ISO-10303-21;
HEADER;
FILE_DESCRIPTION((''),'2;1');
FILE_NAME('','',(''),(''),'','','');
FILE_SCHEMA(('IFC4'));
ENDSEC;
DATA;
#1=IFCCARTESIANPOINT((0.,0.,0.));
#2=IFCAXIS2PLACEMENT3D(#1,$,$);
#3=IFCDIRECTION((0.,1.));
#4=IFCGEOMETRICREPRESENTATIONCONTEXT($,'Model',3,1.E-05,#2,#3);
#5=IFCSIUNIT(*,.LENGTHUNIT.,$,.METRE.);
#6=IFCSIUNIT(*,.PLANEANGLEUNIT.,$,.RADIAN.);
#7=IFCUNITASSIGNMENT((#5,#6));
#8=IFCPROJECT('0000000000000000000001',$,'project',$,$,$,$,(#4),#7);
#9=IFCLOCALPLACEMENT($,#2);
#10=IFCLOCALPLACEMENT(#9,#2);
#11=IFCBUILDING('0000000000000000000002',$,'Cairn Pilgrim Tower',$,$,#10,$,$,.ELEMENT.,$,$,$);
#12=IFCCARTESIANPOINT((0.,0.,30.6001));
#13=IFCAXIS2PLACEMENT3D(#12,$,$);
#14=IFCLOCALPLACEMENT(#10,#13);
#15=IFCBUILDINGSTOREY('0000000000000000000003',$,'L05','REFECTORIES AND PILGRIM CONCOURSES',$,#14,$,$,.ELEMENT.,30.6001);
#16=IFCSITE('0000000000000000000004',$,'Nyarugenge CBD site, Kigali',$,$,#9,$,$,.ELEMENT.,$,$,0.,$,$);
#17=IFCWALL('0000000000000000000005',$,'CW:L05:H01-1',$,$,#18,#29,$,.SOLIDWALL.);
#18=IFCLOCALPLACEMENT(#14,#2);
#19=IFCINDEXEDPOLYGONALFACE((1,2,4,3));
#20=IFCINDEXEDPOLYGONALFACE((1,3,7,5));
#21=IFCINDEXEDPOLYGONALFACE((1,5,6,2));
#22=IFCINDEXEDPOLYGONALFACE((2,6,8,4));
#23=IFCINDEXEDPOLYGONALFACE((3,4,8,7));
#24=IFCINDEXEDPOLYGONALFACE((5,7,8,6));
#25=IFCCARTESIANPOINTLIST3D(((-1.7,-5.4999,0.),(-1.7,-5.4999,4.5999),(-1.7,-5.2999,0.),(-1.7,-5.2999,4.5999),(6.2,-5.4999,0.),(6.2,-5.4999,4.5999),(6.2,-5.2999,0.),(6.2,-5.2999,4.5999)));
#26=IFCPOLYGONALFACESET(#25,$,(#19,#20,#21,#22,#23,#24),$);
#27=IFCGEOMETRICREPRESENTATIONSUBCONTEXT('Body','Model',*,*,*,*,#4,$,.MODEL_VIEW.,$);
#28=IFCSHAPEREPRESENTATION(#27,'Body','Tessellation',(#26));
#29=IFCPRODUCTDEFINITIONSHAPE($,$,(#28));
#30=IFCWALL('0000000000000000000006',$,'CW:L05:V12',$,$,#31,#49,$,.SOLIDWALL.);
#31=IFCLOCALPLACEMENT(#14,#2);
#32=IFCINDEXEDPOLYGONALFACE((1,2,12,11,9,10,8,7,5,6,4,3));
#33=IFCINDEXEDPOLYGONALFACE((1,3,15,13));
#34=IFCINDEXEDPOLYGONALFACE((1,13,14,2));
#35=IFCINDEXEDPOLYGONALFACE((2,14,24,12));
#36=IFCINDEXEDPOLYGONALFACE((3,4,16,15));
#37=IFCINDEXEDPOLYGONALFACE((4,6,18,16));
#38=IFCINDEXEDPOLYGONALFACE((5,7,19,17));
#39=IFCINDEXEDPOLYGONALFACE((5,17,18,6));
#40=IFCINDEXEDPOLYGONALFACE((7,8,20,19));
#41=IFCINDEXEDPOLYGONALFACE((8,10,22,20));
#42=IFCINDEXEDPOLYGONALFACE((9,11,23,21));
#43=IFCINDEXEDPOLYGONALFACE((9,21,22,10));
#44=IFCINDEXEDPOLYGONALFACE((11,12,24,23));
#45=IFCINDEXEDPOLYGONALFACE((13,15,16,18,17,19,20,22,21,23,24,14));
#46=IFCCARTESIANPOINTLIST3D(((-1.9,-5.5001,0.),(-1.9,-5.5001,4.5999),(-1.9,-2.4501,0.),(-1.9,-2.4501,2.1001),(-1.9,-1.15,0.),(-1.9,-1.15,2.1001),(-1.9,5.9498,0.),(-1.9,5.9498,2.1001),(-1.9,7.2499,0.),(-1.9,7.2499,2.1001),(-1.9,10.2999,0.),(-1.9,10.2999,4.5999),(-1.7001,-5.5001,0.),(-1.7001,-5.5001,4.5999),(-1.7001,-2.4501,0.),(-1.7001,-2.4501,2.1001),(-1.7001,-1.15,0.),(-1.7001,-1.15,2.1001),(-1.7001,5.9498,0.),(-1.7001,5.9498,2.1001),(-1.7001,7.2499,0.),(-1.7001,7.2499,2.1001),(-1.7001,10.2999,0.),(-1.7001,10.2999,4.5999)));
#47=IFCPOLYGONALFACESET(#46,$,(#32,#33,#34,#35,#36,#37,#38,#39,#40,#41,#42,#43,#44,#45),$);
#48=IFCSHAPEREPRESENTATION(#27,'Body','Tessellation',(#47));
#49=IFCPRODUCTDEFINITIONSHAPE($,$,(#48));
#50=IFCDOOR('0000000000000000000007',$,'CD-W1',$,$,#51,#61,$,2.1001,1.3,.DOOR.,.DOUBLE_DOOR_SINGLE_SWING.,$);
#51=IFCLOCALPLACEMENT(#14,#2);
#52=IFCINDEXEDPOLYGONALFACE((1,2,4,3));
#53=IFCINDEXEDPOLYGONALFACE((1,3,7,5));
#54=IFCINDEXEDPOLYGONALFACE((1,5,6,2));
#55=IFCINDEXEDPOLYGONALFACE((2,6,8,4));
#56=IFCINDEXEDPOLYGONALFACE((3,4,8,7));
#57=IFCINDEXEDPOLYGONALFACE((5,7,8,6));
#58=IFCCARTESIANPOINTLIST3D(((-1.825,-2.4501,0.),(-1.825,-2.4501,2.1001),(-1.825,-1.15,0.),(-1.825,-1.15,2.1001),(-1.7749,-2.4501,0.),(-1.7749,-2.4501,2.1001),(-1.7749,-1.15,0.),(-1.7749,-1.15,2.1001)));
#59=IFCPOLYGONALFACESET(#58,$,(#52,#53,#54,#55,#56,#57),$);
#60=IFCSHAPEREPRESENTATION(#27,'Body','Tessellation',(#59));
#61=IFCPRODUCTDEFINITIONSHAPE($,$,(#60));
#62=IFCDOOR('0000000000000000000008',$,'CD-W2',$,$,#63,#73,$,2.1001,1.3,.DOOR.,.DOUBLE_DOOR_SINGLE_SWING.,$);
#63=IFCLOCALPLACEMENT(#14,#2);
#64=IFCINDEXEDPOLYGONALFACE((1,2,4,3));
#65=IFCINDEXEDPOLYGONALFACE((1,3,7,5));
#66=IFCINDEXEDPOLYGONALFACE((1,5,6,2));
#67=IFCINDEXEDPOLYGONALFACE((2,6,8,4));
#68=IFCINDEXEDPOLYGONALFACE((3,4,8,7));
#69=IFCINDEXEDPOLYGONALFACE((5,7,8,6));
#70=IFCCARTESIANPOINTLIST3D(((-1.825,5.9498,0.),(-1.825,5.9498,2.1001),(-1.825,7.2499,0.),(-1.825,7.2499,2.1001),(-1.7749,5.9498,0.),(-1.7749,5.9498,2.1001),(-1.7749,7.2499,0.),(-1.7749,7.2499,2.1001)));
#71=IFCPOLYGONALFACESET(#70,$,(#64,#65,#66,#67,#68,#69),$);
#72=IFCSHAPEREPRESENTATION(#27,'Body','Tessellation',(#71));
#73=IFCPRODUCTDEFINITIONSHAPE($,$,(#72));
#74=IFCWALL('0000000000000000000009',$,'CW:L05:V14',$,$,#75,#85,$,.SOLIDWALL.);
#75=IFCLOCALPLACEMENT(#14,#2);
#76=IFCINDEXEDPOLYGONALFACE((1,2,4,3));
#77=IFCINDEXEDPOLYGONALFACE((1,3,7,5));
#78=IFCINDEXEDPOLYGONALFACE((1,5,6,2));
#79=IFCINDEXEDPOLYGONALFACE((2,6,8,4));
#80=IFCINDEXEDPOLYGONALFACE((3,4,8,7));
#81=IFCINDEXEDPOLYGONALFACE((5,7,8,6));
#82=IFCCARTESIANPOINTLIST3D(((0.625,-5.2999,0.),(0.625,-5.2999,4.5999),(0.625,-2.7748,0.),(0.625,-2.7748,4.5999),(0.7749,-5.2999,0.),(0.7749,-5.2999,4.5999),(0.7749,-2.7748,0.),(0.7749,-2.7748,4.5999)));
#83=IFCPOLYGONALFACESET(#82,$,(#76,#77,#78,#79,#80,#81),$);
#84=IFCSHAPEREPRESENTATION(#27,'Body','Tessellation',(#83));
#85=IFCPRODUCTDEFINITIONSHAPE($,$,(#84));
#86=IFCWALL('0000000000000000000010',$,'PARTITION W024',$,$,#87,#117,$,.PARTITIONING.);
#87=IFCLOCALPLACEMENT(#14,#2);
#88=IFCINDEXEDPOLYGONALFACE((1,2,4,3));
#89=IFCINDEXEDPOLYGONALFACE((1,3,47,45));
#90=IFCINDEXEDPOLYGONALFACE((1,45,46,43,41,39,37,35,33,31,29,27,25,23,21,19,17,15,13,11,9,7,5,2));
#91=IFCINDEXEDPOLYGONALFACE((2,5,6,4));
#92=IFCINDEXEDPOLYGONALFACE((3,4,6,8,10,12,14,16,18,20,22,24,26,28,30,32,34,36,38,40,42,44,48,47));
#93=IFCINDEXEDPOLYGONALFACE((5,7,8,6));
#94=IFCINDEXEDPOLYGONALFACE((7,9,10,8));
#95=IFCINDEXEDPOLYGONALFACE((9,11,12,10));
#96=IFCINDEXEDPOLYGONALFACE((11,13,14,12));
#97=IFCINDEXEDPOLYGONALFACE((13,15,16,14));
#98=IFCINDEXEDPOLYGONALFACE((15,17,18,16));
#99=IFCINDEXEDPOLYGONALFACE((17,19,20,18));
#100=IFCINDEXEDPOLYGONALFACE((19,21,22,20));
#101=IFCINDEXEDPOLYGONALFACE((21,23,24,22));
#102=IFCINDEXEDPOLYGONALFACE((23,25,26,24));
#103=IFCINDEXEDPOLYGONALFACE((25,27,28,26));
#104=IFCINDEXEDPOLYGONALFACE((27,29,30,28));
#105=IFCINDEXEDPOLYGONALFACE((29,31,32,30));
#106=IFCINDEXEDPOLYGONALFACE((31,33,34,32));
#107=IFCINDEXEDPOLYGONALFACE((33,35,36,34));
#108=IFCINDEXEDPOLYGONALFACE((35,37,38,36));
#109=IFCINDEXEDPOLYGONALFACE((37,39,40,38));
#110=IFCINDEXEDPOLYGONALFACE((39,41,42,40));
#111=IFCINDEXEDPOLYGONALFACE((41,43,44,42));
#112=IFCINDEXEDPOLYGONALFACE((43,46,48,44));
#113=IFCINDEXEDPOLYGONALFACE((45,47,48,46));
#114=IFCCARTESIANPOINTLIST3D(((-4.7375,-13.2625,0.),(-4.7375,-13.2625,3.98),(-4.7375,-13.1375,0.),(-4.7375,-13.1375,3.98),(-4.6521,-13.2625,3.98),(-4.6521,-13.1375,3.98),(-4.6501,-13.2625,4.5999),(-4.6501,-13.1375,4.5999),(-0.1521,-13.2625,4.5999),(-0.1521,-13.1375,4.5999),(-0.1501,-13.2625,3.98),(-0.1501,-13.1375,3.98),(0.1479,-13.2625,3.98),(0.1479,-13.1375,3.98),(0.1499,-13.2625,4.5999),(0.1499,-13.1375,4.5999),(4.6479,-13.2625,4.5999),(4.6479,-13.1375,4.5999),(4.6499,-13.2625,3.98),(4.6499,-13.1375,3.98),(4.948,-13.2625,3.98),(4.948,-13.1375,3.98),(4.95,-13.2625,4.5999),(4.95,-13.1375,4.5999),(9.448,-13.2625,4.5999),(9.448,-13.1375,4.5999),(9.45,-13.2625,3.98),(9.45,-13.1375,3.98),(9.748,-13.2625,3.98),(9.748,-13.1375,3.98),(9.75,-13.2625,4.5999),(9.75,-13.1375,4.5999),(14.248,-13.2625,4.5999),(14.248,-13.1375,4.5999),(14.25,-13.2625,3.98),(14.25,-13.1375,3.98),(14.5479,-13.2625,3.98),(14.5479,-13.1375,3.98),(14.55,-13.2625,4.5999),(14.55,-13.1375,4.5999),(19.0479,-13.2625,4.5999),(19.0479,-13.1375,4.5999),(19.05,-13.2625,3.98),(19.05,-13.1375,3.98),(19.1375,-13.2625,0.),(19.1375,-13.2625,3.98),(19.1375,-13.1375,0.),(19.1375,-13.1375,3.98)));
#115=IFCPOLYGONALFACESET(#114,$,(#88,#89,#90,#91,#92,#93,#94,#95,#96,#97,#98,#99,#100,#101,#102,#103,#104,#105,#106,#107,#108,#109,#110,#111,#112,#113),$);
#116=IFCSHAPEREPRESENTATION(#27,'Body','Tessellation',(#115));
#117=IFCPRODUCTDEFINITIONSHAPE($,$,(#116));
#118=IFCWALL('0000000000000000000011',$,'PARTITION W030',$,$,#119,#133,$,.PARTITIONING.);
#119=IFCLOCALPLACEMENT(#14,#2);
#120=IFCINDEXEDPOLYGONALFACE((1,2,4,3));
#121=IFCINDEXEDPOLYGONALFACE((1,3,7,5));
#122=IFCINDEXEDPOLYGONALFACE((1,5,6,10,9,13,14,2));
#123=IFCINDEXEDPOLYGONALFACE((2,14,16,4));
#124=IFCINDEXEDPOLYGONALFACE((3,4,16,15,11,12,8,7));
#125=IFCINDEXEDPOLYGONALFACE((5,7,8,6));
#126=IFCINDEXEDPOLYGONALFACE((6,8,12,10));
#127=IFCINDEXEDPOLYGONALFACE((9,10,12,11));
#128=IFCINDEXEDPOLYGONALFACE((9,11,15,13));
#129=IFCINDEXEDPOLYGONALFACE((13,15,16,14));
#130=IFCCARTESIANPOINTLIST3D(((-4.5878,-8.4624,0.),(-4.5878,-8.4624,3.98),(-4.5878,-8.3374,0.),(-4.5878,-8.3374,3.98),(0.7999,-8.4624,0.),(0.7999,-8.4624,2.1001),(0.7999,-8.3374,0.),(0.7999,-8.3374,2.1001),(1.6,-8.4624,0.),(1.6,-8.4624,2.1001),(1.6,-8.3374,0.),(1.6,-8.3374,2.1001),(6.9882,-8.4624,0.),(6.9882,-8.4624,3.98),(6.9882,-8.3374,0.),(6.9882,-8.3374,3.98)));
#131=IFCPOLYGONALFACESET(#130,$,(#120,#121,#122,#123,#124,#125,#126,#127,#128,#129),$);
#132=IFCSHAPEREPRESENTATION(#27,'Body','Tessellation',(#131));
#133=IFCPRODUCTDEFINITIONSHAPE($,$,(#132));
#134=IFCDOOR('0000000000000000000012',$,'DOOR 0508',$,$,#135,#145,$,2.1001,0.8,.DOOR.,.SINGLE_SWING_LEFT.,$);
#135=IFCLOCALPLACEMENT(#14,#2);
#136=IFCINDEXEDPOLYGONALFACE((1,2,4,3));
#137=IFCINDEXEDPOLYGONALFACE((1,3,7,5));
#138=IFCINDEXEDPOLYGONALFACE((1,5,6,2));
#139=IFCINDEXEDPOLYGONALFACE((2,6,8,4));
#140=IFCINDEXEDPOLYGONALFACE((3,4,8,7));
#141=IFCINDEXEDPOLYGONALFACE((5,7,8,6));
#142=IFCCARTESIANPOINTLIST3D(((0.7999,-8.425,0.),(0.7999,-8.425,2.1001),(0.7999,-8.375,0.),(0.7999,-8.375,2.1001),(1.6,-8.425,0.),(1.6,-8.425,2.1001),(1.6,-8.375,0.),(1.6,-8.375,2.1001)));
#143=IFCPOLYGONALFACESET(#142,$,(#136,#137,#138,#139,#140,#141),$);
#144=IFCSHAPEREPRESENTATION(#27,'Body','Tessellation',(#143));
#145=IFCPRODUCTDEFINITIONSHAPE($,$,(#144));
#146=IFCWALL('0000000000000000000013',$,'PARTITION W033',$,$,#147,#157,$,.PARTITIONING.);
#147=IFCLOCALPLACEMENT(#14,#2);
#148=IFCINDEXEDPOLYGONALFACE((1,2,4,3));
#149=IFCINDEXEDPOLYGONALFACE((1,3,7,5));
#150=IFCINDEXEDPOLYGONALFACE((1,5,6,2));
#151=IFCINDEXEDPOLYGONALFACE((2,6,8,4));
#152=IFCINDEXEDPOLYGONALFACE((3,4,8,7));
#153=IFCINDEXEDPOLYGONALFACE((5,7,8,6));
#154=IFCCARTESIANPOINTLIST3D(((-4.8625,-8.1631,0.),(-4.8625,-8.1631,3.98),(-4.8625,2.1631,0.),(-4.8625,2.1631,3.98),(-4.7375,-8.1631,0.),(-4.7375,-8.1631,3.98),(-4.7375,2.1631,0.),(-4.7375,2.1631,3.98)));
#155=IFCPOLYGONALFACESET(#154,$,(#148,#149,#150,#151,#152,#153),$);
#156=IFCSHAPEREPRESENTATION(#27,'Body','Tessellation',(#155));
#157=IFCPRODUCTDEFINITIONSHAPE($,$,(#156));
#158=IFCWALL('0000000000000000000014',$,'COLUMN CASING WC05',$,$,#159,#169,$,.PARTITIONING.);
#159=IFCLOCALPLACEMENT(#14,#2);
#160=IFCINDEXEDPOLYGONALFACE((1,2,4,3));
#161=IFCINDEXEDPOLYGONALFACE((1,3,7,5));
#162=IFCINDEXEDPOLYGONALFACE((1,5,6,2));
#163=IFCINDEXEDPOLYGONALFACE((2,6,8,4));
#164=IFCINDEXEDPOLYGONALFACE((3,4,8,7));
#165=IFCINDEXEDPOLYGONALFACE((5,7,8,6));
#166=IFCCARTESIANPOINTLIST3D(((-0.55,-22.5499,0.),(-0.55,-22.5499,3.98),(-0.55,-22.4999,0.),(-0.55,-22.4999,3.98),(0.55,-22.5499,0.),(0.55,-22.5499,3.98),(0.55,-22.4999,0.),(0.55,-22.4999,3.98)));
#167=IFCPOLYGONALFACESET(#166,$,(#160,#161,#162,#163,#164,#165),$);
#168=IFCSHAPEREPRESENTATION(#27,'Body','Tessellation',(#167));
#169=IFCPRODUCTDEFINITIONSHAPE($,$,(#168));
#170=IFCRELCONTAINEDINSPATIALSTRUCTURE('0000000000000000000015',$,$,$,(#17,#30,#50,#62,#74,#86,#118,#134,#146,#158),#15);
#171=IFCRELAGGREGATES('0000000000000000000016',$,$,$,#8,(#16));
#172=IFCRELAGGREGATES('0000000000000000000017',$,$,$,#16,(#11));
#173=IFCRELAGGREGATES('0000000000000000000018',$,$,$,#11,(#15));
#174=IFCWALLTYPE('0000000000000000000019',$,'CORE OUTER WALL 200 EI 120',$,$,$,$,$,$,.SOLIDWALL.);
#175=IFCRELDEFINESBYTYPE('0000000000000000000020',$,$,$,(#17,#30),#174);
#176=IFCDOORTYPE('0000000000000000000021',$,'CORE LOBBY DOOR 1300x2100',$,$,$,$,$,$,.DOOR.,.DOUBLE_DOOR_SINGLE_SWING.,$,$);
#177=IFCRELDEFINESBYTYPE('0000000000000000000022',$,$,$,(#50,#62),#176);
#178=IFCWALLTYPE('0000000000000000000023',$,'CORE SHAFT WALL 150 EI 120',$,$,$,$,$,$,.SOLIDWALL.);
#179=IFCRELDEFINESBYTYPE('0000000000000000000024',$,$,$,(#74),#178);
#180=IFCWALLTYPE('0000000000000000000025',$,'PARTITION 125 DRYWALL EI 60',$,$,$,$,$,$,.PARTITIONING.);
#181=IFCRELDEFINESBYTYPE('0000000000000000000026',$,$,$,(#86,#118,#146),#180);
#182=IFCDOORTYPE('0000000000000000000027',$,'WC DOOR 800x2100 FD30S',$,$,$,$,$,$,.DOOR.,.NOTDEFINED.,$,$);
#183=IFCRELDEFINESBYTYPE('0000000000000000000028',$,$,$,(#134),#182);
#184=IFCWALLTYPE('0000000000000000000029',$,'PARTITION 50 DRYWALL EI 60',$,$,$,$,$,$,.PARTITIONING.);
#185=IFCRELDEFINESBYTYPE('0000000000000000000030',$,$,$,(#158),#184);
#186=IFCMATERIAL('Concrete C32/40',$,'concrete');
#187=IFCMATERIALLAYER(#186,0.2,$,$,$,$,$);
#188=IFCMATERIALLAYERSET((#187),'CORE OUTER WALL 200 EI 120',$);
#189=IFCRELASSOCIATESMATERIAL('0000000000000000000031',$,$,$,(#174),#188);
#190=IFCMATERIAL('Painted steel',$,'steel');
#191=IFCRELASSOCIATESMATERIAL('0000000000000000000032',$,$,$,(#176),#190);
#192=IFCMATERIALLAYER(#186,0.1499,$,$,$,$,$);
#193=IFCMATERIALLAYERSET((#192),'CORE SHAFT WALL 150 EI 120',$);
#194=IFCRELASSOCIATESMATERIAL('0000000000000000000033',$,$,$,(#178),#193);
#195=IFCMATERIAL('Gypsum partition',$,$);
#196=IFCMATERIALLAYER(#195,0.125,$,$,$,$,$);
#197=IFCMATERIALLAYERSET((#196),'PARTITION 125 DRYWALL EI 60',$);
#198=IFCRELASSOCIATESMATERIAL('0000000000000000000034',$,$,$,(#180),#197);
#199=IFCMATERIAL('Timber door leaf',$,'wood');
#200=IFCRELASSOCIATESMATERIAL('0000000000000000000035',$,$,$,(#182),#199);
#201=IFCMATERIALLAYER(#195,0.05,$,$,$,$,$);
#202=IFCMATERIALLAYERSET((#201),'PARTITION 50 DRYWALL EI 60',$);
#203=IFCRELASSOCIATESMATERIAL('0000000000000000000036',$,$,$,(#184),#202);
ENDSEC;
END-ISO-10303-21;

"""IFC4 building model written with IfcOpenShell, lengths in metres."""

from ifc_helpers import new_model, si_unit, direction, frame, frame_2d, origin, place, context, subcontext, project, spatial, polyline, rectangle, outline, extrude, material, layer, layer_set, type_object, element, fill, save


model = new_model("IFC4")

# Units and contexts
model_context = context("Model", 3, precision=1e-05, world=origin(), true_north=direction((0.0, 1.0)))
body_context = subcontext(model_context, "Body", "Model", "MODEL_VIEW")
ifc_project = project(units=[si_unit("LENGTHUNIT", "METRE"), si_unit("PLANEANGLEUNIT", "RADIAN")], contexts=[model_context])

# Site, building, storey
site_placement = place(None, origin())
site = spatial("IfcSite", under=ifc_project, at=site_placement, Name="Nyarugenge CBD site, Kigali", CompositionType="ELEMENT", RefElevation=0.0)
building_placement = place(site_placement, origin())
building = spatial("IfcBuilding", under=site, at=building_placement, Name="Cairn Pilgrim Tower", CompositionType="ELEMENT")
storey_placement = place(building_placement, frame((0.0, 0.0, 30.6001)))
storey = spatial("IfcBuildingStorey", under=building, at=storey_placement, Name="L05", Description="REFECTORIES AND PILGRIM CONCOURSES", CompositionType="ELEMENT", Elevation=30.6001)

# Wall
ifc_material_1 = material(Name="Concrete C32/40", Category="concrete")
ifc_layer_1 = layer(ifc_material_1, 0.2)
ifc_layer_set_1 = layer_set([ifc_layer_1], Name="CORE OUTER WALL 200 EI 120")
wall_type_1 = type_object("IfcWallType", Name="CORE OUTER WALL 200 EI 120", PredefinedType="SOLIDWALL", material=ifc_layer_set_1)
wall_1_placement = place(storey_placement, frame((-1.7, -5.3999, 0.0), z_axis=(0.0, 0.0, 1.0), x_axis=(1.0, 0.0, 0.0)))
element("IfcWall", 1, at=wall_1_placement, inside=storey, type_object=wall_type_1, Name="CW:L05:H01-1", PredefinedType="SOLIDWALL", context=body_context, shape_type="SweptSolid", body=[
    extrude(rectangle(XDim=7.8999, YDim=0.2, at=frame_2d((3.95, 0.0))), origin(), (0.0, 0.0, 1.0), 4.5999),
])

# Wall, openings, doors
wall_2_placement = place(storey_placement, frame((-1.8, -5.5, 0.0), z_axis=(0.0, 0.0, 1.0), x_axis=(0.0, 1.0, 0.0)))
wall_2 = element("IfcWall", 2, at=wall_2_placement, inside=storey, type_object=wall_type_1, Name="CW:L05:V12", PredefinedType="SOLIDWALL", context=body_context, shape_type="SweptSolid", body=[
    extrude(rectangle(XDim=15.8, YDim=0.2, at=frame_2d((7.8999, 0.0))), origin(), (0.0, 0.0, 1.0), 4.5999),
])
opening_1_placement = place(wall_2_placement, frame((3.05, 0.0, 0.0)))
opening_1 = element("IfcOpeningElement", 3, at=opening_1_placement, cuts=wall_2, PredefinedType="OPENING", context=body_context, shape_type="SweptSolid", body=[
    extrude(rectangle(XDim=1.3, YDim=2.1001, at=frame_2d((0.6499, 1.05))), frame((0.0, 0.1099, 0.0), z_axis=(0.0, -1.0, 0.0), x_axis=(1.0, 0.0, 0.0)), (0.0, 0.0, 1.0), 0.22),
])
opening_2_placement = place(wall_2_placement, frame((11.45, 0.0, 0.0)))
opening_2 = element("IfcOpeningElement", 4, at=opening_2_placement, cuts=wall_2, PredefinedType="OPENING", context=body_context, shape_type="SweptSolid", body=[
    extrude(rectangle(XDim=1.3, YDim=2.1001, at=frame_2d((0.6499, 1.05))), frame((0.0, 0.1099, 0.0), z_axis=(0.0, -1.0, 0.0), x_axis=(1.0, 0.0, 0.0)), (0.0, 0.0, 1.0), 0.22),
])
ifc_material_2 = material(Name="Painted steel", Category="steel")
door_type_1 = type_object("IfcDoorType", Name="CORE LOBBY DOOR 1300x2100", OperationType="DOUBLE_DOOR_SINGLE_SWING", PredefinedType="DOOR", material=ifc_material_2)
door_1_placement = place(opening_1_placement, origin())
door_1 = element("IfcDoor", 5, at=door_1_placement, inside=storey, type_object=door_type_1, Name="CD-W1", OperationType="DOUBLE_DOOR_SINGLE_SWING", OverallHeight=2.1001, OverallWidth=1.3, PredefinedType="DOOR", context=body_context, shape_type="SweptSolid", body=[
    extrude(rectangle(XDim=1.3, YDim=2.1001, at=frame_2d((0.6499, 1.05))), frame((0.0, 0.0249, 0.0), z_axis=(0.0, -1.0, 0.0), x_axis=(1.0, 0.0, 0.0)), (0.0, 0.0, 1.0), 0.05),
])
fill(opening_1, door_1)
door_2_placement = place(opening_2_placement, origin())
door_2 = element("IfcDoor", 6, at=door_2_placement, inside=storey, type_object=door_type_1, Name="CD-W2", OperationType="DOUBLE_DOOR_SINGLE_SWING", OverallHeight=2.1001, OverallWidth=1.3, PredefinedType="DOOR", context=body_context, shape_type="SweptSolid", body=[
    extrude(rectangle(XDim=1.3, YDim=2.1001, at=frame_2d((0.6499, 1.05))), frame((0.0, 0.0249, 0.0), z_axis=(0.0, -1.0, 0.0), x_axis=(1.0, 0.0, 0.0)), (0.0, 0.0, 1.0), 0.05),
])
fill(opening_2, door_2)

# Walls
ifc_layer_2 = layer(ifc_material_1, 0.1499)
ifc_layer_set_2 = layer_set([ifc_layer_2], Name="CORE SHAFT WALL 150 EI 120")
wall_type_2 = type_object("IfcWallType", Name="CORE SHAFT WALL 150 EI 120", PredefinedType="SOLIDWALL", material=ifc_layer_set_2)
wall_3_placement = place(storey_placement, frame((0.7, -5.3, 0.0), z_axis=(0.0, 0.0, 1.0), x_axis=(0.0, 1.0, 0.0)))
element("IfcWall", 7, at=wall_3_placement, inside=storey, type_object=wall_type_2, Name="CW:L05:V14", PredefinedType="SOLIDWALL", context=body_context, shape_type="SweptSolid", body=[
    extrude(rectangle(XDim=2.5251, YDim=0.1499, at=frame_2d((1.2627, 0.0))), origin(), (0.0, 0.0, 1.0), 4.5999),
])
ifc_material_3 = material(Name="Gypsum partition")
ifc_layer_3 = layer(ifc_material_3, 0.125)
ifc_layer_set_3 = layer_set([ifc_layer_3], Name="PARTITION 125 DRYWALL EI 60")
wall_type_3 = type_object("IfcWallType", Name="PARTITION 125 DRYWALL EI 60", PredefinedType="PARTITIONING", material=ifc_layer_set_3)
wall_4_placement = place(storey_placement, frame((-4.7375, -13.2, 0.0), z_axis=(0.0, 0.0, 1.0), x_axis=(1.0, 0.0, 0.0)))
element("IfcWall", 8, at=wall_4_placement, inside=storey, type_object=wall_type_3, Name="PARTITION W024", PredefinedType="PARTITIONING", context=body_context, shape_type="SweptSolid", body=[
    extrude(outline(polyline([(0.0, 0.0), (23.875, 0.0), (23.875, 3.98), (23.7876, 3.98), (23.7854, 4.5999), (19.2876, 4.5999), (19.2854, 3.98), (18.9875, 3.98), (18.9856, 4.5999), (14.4875, 4.5999), (14.4856, 3.98), (14.1875, 3.98), (14.1855, 4.5999), (9.6875, 4.5999), (9.6855, 3.98), (9.3875, 3.98), (9.3855, 4.5999), (4.8875, 4.5999), (4.8855, 3.98), (4.5874, 3.98), (4.5854, 4.5999), (0.0874, 4.5999), (0.0854, 3.98), (0.0, 3.98), (0.0, 0.0)])), frame((0.0, 0.0625, 0.0), z_axis=(0.0, -1.0, 0.0), x_axis=(1.0, 0.0, 0.0)), (0.0, 0.0, 1.0), 0.125),
])

# Wall, opening, door
wall_5_placement = place(storey_placement, frame((-4.5879, -8.3999, 0.0), z_axis=(0.0, 0.0, 1.0), x_axis=(1.0, 0.0, 0.0)))
wall_5 = element("IfcWall", 9, at=wall_5_placement, inside=storey, type_object=wall_type_3, Name="PARTITION W030", PredefinedType="PARTITIONING", context=body_context, shape_type="SweptSolid", body=[
    extrude(rectangle(XDim=11.5759, YDim=0.125, at=frame_2d((5.7881, 0.0))), origin(), (0.0, 0.0, 1.0), 3.98),
])
opening_3_placement = place(wall_5_placement, frame((5.3879, 0.0, 0.0)))
opening_3 = element("IfcOpeningElement", 10, at=opening_3_placement, cuts=wall_5, PredefinedType="OPENING", context=body_context, shape_type="SweptSolid", body=[
    extrude(rectangle(XDim=0.8, YDim=2.1001, at=frame_2d((0.3999, 1.05))), frame((0.0, 0.0725, 0.0), z_axis=(0.0, -1.0, 0.0), x_axis=(1.0, 0.0, 0.0)), (0.0, 0.0, 1.0), 0.145),
])
ifc_material_4 = material(Name="Timber door leaf", Category="wood")
door_type_2 = type_object("IfcDoorType", Name="WC DOOR 800x2100 FD30S", OperationType="NOTDEFINED", PredefinedType="DOOR", material=ifc_material_4)
door_3_placement = place(opening_3_placement, origin())
door_3 = element("IfcDoor", 11, at=door_3_placement, inside=storey, type_object=door_type_2, Name="DOOR 0508", OperationType="SINGLE_SWING_LEFT", OverallHeight=2.1001, OverallWidth=0.8, PredefinedType="DOOR", context=body_context, shape_type="SweptSolid", body=[
    extrude(rectangle(XDim=0.8, YDim=2.1001, at=frame_2d((0.3999, 1.05))), frame((0.0, 0.0249, 0.0), z_axis=(0.0, -1.0, 0.0), x_axis=(1.0, 0.0, 0.0)), (0.0, 0.0, 1.0), 0.05),
])
fill(opening_3, door_3)

# Walls
wall_6_placement = place(storey_placement, frame((-4.8, -8.1631, 0.0), z_axis=(0.0, 0.0, 1.0), x_axis=(0.0, 1.0, 0.0)))
element("IfcWall", 12, at=wall_6_placement, inside=storey, type_object=wall_type_3, Name="PARTITION W033", PredefinedType="PARTITIONING", context=body_context, shape_type="SweptSolid", body=[
    extrude(rectangle(XDim=10.3262, YDim=0.125, at=frame_2d((5.1631, 0.0))), origin(), (0.0, 0.0, 1.0), 3.98),
])
ifc_layer_4 = layer(ifc_material_3, 0.05)
ifc_layer_set_4 = layer_set([ifc_layer_4], Name="PARTITION 50 DRYWALL EI 60")
wall_type_4 = type_object("IfcWallType", Name="PARTITION 50 DRYWALL EI 60", PredefinedType="PARTITIONING", material=ifc_layer_set_4)
wall_7_placement = place(storey_placement, frame((-0.55, -22.5249, 0.0), z_axis=(0.0, 0.0, 1.0), x_axis=(1.0, 0.0, 0.0)))
element("IfcWall", 13, at=wall_7_placement, inside=storey, type_object=wall_type_4, Name="COLUMN CASING WC05", PredefinedType="PARTITIONING", context=body_context, shape_type="SweptSolid", body=[
    extrude(rectangle(XDim=1.1001, YDim=0.05, at=frame_2d((0.55, 0.0))), origin(), (0.0, 0.0, 1.0), 3.98),
])

save(model, "model.ifc")
